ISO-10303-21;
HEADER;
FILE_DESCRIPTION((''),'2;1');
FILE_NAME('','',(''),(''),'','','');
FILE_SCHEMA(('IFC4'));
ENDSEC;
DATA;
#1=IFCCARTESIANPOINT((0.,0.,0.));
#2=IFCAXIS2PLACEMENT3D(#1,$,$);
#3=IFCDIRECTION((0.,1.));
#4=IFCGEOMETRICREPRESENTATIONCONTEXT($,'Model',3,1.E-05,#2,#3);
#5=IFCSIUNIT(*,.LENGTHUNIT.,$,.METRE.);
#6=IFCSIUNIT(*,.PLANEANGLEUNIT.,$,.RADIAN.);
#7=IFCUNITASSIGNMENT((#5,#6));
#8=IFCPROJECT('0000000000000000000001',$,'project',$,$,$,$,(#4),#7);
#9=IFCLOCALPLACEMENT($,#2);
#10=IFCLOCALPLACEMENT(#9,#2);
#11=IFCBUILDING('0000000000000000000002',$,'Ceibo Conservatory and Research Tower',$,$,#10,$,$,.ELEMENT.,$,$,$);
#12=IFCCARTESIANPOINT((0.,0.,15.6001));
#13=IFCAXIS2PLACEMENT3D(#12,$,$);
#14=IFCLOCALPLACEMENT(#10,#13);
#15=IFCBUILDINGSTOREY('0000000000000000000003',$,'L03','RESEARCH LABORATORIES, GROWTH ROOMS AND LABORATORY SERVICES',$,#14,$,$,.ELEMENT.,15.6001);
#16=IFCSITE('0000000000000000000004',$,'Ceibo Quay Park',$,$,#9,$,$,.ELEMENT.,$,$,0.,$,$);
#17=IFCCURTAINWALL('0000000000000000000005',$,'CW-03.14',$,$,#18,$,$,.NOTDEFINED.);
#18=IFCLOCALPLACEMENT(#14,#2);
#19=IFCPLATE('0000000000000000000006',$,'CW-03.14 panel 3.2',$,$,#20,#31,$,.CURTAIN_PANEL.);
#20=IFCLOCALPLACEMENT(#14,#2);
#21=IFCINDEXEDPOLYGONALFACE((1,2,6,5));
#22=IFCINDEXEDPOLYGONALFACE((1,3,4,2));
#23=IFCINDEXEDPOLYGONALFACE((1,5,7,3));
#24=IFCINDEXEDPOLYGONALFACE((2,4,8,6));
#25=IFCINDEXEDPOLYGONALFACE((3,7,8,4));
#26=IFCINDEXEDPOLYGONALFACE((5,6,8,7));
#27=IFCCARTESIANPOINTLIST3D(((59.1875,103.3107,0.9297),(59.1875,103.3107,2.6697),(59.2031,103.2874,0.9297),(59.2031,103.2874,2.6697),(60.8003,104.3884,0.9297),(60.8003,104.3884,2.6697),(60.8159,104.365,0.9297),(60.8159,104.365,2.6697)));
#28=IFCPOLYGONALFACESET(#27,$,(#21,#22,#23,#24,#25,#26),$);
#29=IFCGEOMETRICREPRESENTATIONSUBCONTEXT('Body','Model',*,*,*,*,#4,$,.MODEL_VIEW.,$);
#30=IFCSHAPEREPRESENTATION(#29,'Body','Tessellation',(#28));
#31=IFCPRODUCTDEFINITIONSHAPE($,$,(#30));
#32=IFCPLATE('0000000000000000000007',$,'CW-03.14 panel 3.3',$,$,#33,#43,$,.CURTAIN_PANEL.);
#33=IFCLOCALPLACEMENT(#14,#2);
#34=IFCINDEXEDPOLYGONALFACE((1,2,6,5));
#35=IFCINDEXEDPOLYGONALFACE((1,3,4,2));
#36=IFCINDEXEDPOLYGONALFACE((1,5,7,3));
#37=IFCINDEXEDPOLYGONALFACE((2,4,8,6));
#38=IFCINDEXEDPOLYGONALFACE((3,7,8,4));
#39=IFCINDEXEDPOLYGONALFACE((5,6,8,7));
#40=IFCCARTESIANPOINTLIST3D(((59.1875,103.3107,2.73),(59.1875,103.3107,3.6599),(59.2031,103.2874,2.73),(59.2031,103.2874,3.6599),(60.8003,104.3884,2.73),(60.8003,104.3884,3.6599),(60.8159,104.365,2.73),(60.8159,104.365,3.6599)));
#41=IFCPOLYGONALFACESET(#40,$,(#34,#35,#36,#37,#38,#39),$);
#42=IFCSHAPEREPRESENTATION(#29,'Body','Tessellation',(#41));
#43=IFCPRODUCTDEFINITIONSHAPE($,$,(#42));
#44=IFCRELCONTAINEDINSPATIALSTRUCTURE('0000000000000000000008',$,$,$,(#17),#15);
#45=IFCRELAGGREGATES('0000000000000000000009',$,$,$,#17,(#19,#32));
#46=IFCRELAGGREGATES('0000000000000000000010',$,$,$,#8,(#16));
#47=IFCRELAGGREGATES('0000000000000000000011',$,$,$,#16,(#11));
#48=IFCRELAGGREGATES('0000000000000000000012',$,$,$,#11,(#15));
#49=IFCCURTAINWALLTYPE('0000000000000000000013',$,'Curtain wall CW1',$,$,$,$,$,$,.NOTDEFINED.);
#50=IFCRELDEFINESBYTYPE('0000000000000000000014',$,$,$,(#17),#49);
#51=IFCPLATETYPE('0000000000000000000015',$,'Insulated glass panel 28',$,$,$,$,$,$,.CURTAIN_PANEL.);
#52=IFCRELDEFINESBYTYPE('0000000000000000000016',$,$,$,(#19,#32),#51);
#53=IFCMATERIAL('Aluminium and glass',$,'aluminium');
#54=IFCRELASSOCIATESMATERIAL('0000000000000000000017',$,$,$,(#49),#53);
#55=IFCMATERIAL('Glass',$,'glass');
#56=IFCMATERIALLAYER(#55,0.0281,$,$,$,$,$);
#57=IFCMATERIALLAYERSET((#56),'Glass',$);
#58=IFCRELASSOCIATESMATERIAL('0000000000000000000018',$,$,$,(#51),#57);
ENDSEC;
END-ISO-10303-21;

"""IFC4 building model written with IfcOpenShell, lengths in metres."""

from ifc_helpers import new_model, si_unit, direction, frame, origin, origin_2d, place, context, subcontext, project, spatial, rectangle, extrude, material, layer, layer_set, type_object, element, aggregate, save


model = new_model("IFC4")

# Units and contexts
model_context = context("Model", 3, precision=1e-05, world=origin(), true_north=direction((0.0, 1.0)))
body_context = subcontext(model_context, "Body", "Model", "MODEL_VIEW")
ifc_project = project(units=[si_unit("LENGTHUNIT", "METRE"), si_unit("PLANEANGLEUNIT", "RADIAN")], contexts=[model_context])

# Site, building, storey
site_placement = place(None, origin())
site = spatial("IfcSite", under=ifc_project, at=site_placement, Name="Ceibo Quay Park", CompositionType="ELEMENT", RefElevation=0.0)
building_placement = place(site_placement, origin())
building = spatial("IfcBuilding", under=site, at=building_placement, Name="Ceibo Conservatory and Research Tower", CompositionType="ELEMENT")
storey_placement = place(building_placement, frame((0.0, 0.0, 15.6001)))
storey = spatial("IfcBuildingStorey", under=building, at=storey_placement, Name="L03", Description="RESEARCH LABORATORIES, GROWTH ROOMS AND LABORATORY SERVICES", CompositionType="ELEMENT", Elevation=15.6001)

# Curtain wall, plates
ifc_material_1 = material(Name="Aluminium and glass", Category="aluminium")
curtain_wall_type = type_object("IfcCurtainWallType", Name="Curtain wall CW1", PredefinedType="NOTDEFINED", material=ifc_material_1)
curtain_wall_placement = place(storey_placement, origin())
curtain_wall = element("IfcCurtainWall", 1, at=curtain_wall_placement, inside=storey, type_object=curtain_wall_type, Name="CW-03.14", PredefinedType="NOTDEFINED")
ifc_material_2 = material(Name="Glass", Category="glass")
ifc_layer = layer(ifc_material_2, 0.0281)
ifc_layer_set = layer_set([ifc_layer], Name="Glass")
plate_type = type_object("IfcPlateType", Name="Insulated glass panel 28", PredefinedType="CURTAIN_PANEL", material=ifc_layer_set)
plate_1_placement = place(storey_placement, frame((60.0017, 103.8379, 0.9297), z_axis=(0.0, 0.0, 1.0), x_axis=(0.83147, 0.55557, 0.0)))
plate_1 = element("IfcPlate", 2, at=plate_1_placement, type_object=plate_type, Name="CW-03.14 panel 3.2", PredefinedType="CURTAIN_PANEL", context=body_context, shape_type="SweptSolid", body=[
    extrude(rectangle(XDim=1.9397, YDim=0.0281, at=origin_2d()), origin(), (0.0, 0.0, 1.0), 1.74),
])
plate_2_placement = place(storey_placement, frame((60.0017, 103.8379, 2.73), z_axis=(0.0, 0.0, 1.0), x_axis=(0.83147, 0.55557, 0.0)))
plate_2 = element("IfcPlate", 3, at=plate_2_placement, type_object=plate_type, Name="CW-03.14 panel 3.3", PredefinedType="CURTAIN_PANEL", context=body_context, shape_type="SweptSolid", body=[
    extrude(rectangle(XDim=1.9397, YDim=0.0281, at=origin_2d()), origin(), (0.0, 0.0, 1.0), 0.9299),
])
aggregate(curtain_wall, [plate_1, plate_2])

save(model, "model.ifc")
